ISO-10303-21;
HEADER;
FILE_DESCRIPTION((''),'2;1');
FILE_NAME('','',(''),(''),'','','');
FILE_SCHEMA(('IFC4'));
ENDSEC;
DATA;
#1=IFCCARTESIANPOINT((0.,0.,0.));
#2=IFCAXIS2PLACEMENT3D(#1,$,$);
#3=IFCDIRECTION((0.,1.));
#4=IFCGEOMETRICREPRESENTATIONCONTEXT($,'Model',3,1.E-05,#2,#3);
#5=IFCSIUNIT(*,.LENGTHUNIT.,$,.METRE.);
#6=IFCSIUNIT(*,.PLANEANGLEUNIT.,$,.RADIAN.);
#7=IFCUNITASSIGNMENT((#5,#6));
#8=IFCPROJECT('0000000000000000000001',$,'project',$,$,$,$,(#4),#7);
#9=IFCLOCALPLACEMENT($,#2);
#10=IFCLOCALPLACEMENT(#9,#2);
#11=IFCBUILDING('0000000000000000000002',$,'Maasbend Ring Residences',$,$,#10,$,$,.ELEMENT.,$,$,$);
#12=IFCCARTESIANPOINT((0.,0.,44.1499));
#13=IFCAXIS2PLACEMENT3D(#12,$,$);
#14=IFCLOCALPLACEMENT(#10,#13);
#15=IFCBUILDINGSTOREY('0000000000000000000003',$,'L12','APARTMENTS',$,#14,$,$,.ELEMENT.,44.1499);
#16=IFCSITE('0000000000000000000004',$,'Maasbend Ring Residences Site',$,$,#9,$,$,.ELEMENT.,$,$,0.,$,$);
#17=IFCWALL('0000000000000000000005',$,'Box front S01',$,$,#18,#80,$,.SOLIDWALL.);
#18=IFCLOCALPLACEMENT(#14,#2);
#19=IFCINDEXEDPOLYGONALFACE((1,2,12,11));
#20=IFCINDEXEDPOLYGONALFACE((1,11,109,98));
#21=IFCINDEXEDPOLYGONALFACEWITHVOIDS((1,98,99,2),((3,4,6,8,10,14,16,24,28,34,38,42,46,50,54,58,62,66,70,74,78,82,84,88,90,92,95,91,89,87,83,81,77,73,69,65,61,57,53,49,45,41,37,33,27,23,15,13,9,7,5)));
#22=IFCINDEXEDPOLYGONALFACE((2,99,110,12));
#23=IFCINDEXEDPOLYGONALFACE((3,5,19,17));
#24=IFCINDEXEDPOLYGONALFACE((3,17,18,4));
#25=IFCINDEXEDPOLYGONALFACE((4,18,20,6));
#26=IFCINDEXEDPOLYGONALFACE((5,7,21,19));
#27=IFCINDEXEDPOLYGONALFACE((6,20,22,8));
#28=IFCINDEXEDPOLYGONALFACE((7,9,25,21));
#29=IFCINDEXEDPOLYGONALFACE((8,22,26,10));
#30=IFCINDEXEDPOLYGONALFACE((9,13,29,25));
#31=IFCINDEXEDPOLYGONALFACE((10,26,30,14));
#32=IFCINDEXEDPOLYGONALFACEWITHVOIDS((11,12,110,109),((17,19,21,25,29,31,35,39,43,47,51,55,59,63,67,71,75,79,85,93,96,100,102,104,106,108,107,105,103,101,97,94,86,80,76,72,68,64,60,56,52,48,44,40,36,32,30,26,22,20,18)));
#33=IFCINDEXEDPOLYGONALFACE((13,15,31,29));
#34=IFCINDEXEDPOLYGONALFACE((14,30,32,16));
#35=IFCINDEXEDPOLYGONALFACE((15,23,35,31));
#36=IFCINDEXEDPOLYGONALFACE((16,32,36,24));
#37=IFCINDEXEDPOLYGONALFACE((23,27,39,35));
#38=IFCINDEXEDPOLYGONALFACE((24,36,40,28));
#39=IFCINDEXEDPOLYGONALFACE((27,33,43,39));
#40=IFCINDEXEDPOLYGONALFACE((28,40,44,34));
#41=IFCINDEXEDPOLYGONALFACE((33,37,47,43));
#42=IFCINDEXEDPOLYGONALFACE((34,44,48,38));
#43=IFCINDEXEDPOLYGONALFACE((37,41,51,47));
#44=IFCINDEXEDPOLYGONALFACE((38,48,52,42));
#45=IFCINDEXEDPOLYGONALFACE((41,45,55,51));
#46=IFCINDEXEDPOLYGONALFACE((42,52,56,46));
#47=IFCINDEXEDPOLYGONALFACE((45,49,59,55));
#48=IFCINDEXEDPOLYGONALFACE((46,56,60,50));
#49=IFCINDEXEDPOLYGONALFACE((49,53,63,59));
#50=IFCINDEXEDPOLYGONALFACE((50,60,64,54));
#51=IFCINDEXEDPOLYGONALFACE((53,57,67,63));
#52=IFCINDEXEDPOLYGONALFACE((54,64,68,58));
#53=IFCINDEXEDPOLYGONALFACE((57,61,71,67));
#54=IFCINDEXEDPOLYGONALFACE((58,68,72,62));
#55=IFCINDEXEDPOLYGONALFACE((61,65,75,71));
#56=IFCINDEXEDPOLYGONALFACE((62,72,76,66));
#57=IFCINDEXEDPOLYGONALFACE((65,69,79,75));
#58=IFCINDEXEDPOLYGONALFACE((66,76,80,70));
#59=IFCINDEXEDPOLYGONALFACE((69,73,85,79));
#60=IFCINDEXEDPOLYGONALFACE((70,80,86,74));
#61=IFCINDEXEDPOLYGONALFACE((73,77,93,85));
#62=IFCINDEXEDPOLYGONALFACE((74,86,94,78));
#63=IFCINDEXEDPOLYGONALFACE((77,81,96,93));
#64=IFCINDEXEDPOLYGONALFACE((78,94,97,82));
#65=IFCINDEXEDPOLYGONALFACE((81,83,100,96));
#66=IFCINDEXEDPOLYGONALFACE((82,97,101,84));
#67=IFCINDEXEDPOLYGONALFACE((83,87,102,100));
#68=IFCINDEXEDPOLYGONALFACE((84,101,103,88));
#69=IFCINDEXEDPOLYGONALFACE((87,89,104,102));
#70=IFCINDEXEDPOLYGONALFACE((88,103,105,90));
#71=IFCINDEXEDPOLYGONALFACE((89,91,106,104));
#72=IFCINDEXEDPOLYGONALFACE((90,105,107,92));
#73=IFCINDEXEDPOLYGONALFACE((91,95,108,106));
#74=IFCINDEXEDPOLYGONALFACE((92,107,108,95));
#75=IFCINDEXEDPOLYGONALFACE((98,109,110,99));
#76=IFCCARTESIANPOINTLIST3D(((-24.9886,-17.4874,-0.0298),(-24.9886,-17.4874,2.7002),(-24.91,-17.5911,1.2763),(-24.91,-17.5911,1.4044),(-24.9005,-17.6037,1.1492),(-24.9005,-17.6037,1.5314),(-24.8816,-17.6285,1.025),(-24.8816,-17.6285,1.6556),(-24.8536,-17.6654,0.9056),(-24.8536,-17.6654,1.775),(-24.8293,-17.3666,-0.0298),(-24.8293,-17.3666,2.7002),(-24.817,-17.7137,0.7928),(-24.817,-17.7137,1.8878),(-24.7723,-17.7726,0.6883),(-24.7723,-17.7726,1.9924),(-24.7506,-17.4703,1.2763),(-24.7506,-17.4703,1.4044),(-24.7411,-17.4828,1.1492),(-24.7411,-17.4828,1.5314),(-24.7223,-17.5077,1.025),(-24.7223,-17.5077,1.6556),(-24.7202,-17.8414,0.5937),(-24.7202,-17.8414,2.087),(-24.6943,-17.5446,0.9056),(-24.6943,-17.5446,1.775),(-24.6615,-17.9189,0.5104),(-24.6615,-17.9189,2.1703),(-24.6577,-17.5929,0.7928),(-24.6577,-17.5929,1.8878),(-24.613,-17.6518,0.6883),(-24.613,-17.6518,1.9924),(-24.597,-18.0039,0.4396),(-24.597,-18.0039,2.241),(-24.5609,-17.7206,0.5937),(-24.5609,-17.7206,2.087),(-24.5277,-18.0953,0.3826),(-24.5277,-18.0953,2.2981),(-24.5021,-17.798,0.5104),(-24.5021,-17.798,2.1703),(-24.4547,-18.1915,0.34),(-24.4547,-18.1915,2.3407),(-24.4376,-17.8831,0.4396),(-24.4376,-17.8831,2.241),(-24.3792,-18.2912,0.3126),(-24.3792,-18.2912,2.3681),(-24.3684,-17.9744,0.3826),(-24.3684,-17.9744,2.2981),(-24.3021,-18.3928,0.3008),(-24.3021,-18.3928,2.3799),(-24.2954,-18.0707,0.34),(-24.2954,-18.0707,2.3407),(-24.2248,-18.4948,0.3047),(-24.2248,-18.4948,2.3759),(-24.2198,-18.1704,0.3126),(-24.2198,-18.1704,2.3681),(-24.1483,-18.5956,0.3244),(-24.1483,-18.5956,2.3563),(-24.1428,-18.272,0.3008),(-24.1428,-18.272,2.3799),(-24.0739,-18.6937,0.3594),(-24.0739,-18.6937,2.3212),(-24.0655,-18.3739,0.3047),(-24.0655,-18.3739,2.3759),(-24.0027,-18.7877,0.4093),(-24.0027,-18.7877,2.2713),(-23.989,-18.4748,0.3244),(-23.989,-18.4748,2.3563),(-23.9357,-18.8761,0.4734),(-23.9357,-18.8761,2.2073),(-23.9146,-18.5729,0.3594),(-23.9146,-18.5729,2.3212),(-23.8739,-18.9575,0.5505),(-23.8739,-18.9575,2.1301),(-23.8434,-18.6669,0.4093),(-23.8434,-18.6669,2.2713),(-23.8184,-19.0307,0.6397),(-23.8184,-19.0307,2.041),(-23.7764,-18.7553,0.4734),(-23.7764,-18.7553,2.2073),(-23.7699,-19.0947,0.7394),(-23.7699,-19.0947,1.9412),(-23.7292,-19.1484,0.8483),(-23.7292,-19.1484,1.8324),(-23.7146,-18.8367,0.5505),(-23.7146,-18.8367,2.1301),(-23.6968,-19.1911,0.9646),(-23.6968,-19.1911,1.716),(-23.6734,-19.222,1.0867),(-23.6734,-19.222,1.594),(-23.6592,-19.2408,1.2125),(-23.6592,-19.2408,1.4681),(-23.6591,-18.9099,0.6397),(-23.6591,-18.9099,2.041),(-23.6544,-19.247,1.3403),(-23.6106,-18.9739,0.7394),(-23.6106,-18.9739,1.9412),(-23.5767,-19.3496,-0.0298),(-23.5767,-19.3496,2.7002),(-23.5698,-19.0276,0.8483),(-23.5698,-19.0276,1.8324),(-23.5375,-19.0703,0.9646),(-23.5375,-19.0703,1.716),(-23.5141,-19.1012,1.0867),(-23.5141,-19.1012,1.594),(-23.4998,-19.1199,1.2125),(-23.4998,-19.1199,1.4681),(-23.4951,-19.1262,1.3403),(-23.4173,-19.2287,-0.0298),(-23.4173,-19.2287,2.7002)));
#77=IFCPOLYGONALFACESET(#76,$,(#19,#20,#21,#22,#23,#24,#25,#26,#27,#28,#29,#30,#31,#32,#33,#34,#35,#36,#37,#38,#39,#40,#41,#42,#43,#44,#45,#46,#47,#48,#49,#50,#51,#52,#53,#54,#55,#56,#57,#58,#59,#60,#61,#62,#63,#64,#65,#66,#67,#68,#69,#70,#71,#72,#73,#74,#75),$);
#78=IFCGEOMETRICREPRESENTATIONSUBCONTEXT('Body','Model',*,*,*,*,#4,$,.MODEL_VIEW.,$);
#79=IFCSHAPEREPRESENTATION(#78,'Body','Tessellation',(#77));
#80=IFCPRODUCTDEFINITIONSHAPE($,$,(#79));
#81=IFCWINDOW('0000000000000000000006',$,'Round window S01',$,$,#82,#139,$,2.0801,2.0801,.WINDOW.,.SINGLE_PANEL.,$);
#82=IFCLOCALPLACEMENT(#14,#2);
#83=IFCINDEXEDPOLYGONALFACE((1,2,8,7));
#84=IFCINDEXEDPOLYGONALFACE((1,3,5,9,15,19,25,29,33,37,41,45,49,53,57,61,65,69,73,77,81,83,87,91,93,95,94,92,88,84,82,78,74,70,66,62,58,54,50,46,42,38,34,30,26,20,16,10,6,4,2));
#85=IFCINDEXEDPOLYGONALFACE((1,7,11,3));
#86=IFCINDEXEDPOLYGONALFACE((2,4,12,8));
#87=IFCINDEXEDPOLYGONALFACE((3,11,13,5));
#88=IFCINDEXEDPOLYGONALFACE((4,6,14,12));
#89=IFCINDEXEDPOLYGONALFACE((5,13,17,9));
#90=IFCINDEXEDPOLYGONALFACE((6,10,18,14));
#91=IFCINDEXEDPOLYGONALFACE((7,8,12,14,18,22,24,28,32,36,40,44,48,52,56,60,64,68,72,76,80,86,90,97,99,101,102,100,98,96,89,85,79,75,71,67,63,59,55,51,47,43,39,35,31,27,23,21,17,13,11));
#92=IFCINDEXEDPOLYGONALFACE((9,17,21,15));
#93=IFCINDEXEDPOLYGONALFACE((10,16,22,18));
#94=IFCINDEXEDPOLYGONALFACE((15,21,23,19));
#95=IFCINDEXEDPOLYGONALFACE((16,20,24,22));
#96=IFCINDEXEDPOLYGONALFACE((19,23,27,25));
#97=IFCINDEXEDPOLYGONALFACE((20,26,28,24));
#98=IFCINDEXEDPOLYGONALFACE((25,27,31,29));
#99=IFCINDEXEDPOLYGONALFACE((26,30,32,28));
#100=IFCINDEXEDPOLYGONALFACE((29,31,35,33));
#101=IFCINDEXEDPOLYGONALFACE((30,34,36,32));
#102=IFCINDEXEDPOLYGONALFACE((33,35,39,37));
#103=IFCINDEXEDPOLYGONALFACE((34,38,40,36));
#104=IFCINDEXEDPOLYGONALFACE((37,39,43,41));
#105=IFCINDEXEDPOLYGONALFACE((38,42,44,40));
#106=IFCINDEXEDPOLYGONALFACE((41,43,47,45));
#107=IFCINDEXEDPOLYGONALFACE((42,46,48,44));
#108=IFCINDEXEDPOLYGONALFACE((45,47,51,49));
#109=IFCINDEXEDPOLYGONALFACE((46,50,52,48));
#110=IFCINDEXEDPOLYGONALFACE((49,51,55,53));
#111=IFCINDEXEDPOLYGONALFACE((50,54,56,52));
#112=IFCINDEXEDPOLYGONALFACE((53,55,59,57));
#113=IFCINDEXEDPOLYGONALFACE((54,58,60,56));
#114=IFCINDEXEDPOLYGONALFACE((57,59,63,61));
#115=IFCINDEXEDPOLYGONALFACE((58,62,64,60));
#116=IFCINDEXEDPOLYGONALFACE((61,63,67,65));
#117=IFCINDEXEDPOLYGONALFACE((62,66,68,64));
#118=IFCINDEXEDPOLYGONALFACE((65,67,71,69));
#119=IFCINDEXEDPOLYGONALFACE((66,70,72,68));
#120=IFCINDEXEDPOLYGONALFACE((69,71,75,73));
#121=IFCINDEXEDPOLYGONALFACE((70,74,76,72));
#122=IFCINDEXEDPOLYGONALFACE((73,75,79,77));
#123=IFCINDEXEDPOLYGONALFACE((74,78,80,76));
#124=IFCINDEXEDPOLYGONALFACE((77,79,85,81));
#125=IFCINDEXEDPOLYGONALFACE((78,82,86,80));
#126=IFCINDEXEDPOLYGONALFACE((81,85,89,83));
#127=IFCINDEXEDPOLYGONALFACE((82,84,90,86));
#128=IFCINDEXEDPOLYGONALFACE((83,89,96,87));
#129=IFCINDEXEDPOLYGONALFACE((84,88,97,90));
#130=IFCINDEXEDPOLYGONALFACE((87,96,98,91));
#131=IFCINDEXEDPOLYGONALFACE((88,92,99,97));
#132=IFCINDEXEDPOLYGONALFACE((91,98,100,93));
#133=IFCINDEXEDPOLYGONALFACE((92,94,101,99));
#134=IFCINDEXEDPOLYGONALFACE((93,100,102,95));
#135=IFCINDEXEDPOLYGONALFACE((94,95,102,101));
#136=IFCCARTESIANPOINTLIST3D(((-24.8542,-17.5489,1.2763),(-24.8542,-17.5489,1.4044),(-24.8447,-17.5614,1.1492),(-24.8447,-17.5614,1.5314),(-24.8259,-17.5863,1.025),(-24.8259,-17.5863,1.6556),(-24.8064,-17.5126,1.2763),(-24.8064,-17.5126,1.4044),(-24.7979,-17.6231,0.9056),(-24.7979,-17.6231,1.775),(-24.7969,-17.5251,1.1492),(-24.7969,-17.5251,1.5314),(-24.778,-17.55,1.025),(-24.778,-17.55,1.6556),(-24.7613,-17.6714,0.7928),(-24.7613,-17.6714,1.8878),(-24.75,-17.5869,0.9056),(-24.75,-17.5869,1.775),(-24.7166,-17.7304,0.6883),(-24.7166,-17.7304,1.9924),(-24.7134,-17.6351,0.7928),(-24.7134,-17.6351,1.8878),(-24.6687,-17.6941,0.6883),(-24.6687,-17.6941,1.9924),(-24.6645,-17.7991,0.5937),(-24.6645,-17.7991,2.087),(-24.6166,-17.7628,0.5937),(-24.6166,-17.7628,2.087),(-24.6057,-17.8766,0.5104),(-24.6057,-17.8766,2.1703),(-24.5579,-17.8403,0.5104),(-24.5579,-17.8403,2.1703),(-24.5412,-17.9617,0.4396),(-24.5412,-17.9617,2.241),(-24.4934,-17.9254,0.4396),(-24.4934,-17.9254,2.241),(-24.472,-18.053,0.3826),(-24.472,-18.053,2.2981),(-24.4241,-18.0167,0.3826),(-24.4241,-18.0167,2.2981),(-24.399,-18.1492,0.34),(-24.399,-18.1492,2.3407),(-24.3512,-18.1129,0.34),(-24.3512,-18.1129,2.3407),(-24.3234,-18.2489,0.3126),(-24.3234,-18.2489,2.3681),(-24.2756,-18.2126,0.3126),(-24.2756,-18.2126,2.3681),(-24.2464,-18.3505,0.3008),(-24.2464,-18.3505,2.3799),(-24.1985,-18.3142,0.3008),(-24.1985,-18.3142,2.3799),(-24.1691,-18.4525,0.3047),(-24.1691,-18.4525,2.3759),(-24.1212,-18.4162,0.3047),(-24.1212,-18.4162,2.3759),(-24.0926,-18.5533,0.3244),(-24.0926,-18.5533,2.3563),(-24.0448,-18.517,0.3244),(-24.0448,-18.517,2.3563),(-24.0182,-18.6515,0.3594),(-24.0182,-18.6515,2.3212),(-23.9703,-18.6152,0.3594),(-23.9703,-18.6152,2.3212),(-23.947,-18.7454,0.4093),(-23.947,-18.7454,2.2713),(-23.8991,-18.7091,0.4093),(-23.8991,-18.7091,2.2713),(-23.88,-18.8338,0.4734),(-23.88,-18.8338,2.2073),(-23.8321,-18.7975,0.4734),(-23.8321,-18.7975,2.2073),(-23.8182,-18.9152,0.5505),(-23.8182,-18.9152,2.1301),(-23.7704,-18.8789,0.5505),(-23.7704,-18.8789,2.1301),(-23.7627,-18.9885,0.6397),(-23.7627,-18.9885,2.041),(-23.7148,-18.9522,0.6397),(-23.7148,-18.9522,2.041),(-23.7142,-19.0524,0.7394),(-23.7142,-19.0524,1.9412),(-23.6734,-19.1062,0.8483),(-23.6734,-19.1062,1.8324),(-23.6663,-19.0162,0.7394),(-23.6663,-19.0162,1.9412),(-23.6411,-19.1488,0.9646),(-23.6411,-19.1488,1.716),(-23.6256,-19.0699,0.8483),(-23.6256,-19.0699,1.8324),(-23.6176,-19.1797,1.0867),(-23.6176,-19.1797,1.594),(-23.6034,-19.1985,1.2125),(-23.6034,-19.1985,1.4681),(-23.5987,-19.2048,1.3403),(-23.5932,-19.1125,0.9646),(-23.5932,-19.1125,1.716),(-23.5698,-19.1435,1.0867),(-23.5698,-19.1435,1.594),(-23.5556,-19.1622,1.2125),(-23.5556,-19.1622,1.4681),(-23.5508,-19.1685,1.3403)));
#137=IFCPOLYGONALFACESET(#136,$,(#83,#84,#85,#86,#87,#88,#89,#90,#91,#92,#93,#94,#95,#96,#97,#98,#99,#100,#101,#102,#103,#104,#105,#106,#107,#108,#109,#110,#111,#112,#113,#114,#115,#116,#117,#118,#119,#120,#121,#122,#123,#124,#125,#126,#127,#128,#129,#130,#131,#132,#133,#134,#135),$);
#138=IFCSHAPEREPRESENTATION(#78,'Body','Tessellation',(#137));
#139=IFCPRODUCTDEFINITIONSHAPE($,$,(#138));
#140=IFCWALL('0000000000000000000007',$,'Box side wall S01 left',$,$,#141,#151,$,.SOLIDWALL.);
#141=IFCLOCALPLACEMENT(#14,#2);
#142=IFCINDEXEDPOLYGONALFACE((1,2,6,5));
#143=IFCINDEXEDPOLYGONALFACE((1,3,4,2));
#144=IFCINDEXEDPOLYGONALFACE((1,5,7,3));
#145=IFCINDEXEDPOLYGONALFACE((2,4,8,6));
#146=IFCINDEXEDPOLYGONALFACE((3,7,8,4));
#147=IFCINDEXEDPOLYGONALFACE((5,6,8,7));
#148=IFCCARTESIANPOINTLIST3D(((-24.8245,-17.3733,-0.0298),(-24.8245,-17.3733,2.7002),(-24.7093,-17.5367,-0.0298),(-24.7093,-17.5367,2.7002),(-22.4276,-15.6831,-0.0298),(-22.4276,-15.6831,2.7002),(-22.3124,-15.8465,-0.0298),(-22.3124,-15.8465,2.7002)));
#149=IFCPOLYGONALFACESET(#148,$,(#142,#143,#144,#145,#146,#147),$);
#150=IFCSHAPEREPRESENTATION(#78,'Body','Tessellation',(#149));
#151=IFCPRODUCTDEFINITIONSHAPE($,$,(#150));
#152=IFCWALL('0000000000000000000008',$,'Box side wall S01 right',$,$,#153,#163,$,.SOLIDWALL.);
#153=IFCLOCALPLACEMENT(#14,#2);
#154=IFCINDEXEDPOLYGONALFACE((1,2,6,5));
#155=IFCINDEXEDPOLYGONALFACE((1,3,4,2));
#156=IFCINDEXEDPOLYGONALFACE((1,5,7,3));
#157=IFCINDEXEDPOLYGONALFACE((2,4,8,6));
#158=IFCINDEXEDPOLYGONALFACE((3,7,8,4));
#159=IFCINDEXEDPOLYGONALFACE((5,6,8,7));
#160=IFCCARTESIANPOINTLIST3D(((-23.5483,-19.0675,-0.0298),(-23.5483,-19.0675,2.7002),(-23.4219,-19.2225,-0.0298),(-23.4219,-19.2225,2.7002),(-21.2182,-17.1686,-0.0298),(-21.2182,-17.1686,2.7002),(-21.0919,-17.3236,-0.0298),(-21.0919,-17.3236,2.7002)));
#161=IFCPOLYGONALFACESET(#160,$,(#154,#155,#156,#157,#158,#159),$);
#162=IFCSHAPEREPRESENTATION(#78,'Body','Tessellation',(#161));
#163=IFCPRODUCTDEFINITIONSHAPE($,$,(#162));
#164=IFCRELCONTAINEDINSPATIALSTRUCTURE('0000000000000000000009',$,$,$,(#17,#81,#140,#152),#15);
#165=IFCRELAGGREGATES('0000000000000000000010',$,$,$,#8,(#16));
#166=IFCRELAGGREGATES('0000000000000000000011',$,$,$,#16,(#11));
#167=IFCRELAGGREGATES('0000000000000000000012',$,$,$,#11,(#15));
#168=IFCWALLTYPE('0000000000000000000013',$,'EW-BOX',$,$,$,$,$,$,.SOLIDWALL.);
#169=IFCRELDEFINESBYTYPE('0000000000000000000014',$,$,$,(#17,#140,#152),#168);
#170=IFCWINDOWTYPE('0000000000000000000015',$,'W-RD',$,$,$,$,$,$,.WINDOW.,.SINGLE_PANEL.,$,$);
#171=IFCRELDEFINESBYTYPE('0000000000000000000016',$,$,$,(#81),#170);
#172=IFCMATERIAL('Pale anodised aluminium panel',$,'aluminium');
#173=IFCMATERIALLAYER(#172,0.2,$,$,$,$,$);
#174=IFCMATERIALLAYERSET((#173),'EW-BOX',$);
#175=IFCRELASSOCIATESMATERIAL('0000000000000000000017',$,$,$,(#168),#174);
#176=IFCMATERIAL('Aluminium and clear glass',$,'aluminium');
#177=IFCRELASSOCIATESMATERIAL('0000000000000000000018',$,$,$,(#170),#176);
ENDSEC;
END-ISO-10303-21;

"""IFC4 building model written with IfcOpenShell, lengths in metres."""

from ifc_helpers import new_model, si_unit, direction, frame, frame_2d, origin, place, context, subcontext, project, spatial, rectangle, circle, extrude, material, layer, layer_set, type_object, element, fill, save


model = new_model("IFC4")

# Units and contexts
model_context = context("Model", 3, precision=1e-05, world=origin(), true_north=direction((0.0, 1.0)))
body_context = subcontext(model_context, "Body", "Model", "MODEL_VIEW")
ifc_project = project(units=[si_unit("LENGTHUNIT", "METRE"), si_unit("PLANEANGLEUNIT", "RADIAN")], contexts=[model_context])

# Site, building, storey
site_placement = place(None, origin())
site = spatial("IfcSite", under=ifc_project, at=site_placement, Name="Maasbend Ring Residences Site", CompositionType="ELEMENT", RefElevation=0.0)
building_placement = place(site_placement, origin())
building = spatial("IfcBuilding", under=site, at=building_placement, Name="Maasbend Ring Residences", CompositionType="ELEMENT")
storey_placement = place(building_placement, frame((0.0, 0.0, 44.1499)))
storey = spatial("IfcBuildingStorey", under=building, at=storey_placement, Name="L12", Description="APARTMENTS", CompositionType="ELEMENT", Elevation=44.1499)

# Wall, opening, window
ifc_material_1 = material(Name="Pale anodised aluminium panel", Category="aluminium")
ifc_layer_1 = layer(ifc_material_1, 0.2)
ifc_layer_set_1 = layer_set([ifc_layer_1], Name="EW-BOX")
wall_type_1 = type_object("IfcWallType", Name="EW-BOX", PredefinedType="SOLIDWALL", material=ifc_layer_set_1)
wall_1_placement = place(storey_placement, frame((-24.9089, -17.427, -0.0298), z_axis=(0.0, 0.0, 1.0), x_axis=(0.604188, -0.796842, 0.0)))
wall_1 = element("IfcWall", 1, at=wall_1_placement, inside=storey, type_object=wall_type_1, Name="Box front S01", PredefinedType="SOLIDWALL", context=body_context, shape_type="SweptSolid", body=[
    extrude(rectangle(XDim=2.3369, YDim=0.2, at=frame_2d((1.1685, 0.0))), origin(), (0.0, 0.0, 1.0), 2.73),
])
opening_1_placement = place(wall_1_placement, frame((0.1282, 0.0, 0.3301)))
opening_1 = element("IfcOpeningElement", 2, at=opening_1_placement, cuts=wall_1, PredefinedType="OPENING", context=body_context, shape_type="SweptSolid", body=[
    extrude(circle(Radius=1.04, at=frame_2d((1.04, 1.04))), frame((0.0, 0.1099, 0.0), z_axis=(0.0, -1.0, 0.0), x_axis=(1.0, 0.0, 0.0)), (0.0, 0.0, 1.0), 0.22),
])
ifc_material_2 = material(Name="Aluminium and clear glass", Category="aluminium")
window_type_1 = type_object("IfcWindowType", Name="W-RD", PartitioningType="SINGLE_PANEL", PredefinedType="WINDOW", material=ifc_material_2)
window_1_placement = place(opening_1_placement, origin())
window_1 = element("IfcWindow", 3, at=window_1_placement, inside=storey, type_object=window_type_1, Name="Round window S01", OverallHeight=2.0801, OverallWidth=2.0801, PartitioningType="SINGLE_PANEL", PredefinedType="WINDOW", context=body_context, shape_type="SweptSolid", body=[
    extrude(circle(Radius=1.04, at=frame_2d((1.04, 1.04))), frame((0.0, 0.03, 0.0), z_axis=(0.0, -1.0, 0.0), x_axis=(1.0, 0.0, 0.0)), (0.0, 0.0, 1.0), 0.0601),
])
fill(opening_1, window_1)

# Walls
wall_2_placement = place(storey_placement, frame((-22.3701, -15.7649, -0.0298), z_axis=(0.0, 0.0, 1.0), x_axis=(-0.817256, -0.576275, 0.0)))
element("IfcWall", 4, at=wall_2_placement, inside=storey, type_object=wall_type_1, Name="Box side wall S01 left", PredefinedType="SOLIDWALL", context=body_context, shape_type="SweptSolid", body=[
    extrude(rectangle(XDim=2.9329, YDim=0.2, at=frame_2d((1.4663, 0.0))), origin(), (0.0, 0.0, 1.0), 2.73),
])
wall_3_placement = place(storey_placement, frame((-21.155, -17.2461, -0.0298), z_axis=(0.0, 0.0, 1.0), x_axis=(-0.775179, -0.631742, 0.0)))
element("IfcWall", 5, at=wall_3_placement, inside=storey, type_object=wall_type_1, Name="Box side wall S01 right", PredefinedType="SOLIDWALL", context=body_context, shape_type="SweptSolid", body=[
    extrude(rectangle(XDim=3.0059, YDim=0.2, at=frame_2d((1.5029, 0.0))), origin(), (0.0, 0.0, 1.0), 2.73),
])

save(model, "model.ifc")
